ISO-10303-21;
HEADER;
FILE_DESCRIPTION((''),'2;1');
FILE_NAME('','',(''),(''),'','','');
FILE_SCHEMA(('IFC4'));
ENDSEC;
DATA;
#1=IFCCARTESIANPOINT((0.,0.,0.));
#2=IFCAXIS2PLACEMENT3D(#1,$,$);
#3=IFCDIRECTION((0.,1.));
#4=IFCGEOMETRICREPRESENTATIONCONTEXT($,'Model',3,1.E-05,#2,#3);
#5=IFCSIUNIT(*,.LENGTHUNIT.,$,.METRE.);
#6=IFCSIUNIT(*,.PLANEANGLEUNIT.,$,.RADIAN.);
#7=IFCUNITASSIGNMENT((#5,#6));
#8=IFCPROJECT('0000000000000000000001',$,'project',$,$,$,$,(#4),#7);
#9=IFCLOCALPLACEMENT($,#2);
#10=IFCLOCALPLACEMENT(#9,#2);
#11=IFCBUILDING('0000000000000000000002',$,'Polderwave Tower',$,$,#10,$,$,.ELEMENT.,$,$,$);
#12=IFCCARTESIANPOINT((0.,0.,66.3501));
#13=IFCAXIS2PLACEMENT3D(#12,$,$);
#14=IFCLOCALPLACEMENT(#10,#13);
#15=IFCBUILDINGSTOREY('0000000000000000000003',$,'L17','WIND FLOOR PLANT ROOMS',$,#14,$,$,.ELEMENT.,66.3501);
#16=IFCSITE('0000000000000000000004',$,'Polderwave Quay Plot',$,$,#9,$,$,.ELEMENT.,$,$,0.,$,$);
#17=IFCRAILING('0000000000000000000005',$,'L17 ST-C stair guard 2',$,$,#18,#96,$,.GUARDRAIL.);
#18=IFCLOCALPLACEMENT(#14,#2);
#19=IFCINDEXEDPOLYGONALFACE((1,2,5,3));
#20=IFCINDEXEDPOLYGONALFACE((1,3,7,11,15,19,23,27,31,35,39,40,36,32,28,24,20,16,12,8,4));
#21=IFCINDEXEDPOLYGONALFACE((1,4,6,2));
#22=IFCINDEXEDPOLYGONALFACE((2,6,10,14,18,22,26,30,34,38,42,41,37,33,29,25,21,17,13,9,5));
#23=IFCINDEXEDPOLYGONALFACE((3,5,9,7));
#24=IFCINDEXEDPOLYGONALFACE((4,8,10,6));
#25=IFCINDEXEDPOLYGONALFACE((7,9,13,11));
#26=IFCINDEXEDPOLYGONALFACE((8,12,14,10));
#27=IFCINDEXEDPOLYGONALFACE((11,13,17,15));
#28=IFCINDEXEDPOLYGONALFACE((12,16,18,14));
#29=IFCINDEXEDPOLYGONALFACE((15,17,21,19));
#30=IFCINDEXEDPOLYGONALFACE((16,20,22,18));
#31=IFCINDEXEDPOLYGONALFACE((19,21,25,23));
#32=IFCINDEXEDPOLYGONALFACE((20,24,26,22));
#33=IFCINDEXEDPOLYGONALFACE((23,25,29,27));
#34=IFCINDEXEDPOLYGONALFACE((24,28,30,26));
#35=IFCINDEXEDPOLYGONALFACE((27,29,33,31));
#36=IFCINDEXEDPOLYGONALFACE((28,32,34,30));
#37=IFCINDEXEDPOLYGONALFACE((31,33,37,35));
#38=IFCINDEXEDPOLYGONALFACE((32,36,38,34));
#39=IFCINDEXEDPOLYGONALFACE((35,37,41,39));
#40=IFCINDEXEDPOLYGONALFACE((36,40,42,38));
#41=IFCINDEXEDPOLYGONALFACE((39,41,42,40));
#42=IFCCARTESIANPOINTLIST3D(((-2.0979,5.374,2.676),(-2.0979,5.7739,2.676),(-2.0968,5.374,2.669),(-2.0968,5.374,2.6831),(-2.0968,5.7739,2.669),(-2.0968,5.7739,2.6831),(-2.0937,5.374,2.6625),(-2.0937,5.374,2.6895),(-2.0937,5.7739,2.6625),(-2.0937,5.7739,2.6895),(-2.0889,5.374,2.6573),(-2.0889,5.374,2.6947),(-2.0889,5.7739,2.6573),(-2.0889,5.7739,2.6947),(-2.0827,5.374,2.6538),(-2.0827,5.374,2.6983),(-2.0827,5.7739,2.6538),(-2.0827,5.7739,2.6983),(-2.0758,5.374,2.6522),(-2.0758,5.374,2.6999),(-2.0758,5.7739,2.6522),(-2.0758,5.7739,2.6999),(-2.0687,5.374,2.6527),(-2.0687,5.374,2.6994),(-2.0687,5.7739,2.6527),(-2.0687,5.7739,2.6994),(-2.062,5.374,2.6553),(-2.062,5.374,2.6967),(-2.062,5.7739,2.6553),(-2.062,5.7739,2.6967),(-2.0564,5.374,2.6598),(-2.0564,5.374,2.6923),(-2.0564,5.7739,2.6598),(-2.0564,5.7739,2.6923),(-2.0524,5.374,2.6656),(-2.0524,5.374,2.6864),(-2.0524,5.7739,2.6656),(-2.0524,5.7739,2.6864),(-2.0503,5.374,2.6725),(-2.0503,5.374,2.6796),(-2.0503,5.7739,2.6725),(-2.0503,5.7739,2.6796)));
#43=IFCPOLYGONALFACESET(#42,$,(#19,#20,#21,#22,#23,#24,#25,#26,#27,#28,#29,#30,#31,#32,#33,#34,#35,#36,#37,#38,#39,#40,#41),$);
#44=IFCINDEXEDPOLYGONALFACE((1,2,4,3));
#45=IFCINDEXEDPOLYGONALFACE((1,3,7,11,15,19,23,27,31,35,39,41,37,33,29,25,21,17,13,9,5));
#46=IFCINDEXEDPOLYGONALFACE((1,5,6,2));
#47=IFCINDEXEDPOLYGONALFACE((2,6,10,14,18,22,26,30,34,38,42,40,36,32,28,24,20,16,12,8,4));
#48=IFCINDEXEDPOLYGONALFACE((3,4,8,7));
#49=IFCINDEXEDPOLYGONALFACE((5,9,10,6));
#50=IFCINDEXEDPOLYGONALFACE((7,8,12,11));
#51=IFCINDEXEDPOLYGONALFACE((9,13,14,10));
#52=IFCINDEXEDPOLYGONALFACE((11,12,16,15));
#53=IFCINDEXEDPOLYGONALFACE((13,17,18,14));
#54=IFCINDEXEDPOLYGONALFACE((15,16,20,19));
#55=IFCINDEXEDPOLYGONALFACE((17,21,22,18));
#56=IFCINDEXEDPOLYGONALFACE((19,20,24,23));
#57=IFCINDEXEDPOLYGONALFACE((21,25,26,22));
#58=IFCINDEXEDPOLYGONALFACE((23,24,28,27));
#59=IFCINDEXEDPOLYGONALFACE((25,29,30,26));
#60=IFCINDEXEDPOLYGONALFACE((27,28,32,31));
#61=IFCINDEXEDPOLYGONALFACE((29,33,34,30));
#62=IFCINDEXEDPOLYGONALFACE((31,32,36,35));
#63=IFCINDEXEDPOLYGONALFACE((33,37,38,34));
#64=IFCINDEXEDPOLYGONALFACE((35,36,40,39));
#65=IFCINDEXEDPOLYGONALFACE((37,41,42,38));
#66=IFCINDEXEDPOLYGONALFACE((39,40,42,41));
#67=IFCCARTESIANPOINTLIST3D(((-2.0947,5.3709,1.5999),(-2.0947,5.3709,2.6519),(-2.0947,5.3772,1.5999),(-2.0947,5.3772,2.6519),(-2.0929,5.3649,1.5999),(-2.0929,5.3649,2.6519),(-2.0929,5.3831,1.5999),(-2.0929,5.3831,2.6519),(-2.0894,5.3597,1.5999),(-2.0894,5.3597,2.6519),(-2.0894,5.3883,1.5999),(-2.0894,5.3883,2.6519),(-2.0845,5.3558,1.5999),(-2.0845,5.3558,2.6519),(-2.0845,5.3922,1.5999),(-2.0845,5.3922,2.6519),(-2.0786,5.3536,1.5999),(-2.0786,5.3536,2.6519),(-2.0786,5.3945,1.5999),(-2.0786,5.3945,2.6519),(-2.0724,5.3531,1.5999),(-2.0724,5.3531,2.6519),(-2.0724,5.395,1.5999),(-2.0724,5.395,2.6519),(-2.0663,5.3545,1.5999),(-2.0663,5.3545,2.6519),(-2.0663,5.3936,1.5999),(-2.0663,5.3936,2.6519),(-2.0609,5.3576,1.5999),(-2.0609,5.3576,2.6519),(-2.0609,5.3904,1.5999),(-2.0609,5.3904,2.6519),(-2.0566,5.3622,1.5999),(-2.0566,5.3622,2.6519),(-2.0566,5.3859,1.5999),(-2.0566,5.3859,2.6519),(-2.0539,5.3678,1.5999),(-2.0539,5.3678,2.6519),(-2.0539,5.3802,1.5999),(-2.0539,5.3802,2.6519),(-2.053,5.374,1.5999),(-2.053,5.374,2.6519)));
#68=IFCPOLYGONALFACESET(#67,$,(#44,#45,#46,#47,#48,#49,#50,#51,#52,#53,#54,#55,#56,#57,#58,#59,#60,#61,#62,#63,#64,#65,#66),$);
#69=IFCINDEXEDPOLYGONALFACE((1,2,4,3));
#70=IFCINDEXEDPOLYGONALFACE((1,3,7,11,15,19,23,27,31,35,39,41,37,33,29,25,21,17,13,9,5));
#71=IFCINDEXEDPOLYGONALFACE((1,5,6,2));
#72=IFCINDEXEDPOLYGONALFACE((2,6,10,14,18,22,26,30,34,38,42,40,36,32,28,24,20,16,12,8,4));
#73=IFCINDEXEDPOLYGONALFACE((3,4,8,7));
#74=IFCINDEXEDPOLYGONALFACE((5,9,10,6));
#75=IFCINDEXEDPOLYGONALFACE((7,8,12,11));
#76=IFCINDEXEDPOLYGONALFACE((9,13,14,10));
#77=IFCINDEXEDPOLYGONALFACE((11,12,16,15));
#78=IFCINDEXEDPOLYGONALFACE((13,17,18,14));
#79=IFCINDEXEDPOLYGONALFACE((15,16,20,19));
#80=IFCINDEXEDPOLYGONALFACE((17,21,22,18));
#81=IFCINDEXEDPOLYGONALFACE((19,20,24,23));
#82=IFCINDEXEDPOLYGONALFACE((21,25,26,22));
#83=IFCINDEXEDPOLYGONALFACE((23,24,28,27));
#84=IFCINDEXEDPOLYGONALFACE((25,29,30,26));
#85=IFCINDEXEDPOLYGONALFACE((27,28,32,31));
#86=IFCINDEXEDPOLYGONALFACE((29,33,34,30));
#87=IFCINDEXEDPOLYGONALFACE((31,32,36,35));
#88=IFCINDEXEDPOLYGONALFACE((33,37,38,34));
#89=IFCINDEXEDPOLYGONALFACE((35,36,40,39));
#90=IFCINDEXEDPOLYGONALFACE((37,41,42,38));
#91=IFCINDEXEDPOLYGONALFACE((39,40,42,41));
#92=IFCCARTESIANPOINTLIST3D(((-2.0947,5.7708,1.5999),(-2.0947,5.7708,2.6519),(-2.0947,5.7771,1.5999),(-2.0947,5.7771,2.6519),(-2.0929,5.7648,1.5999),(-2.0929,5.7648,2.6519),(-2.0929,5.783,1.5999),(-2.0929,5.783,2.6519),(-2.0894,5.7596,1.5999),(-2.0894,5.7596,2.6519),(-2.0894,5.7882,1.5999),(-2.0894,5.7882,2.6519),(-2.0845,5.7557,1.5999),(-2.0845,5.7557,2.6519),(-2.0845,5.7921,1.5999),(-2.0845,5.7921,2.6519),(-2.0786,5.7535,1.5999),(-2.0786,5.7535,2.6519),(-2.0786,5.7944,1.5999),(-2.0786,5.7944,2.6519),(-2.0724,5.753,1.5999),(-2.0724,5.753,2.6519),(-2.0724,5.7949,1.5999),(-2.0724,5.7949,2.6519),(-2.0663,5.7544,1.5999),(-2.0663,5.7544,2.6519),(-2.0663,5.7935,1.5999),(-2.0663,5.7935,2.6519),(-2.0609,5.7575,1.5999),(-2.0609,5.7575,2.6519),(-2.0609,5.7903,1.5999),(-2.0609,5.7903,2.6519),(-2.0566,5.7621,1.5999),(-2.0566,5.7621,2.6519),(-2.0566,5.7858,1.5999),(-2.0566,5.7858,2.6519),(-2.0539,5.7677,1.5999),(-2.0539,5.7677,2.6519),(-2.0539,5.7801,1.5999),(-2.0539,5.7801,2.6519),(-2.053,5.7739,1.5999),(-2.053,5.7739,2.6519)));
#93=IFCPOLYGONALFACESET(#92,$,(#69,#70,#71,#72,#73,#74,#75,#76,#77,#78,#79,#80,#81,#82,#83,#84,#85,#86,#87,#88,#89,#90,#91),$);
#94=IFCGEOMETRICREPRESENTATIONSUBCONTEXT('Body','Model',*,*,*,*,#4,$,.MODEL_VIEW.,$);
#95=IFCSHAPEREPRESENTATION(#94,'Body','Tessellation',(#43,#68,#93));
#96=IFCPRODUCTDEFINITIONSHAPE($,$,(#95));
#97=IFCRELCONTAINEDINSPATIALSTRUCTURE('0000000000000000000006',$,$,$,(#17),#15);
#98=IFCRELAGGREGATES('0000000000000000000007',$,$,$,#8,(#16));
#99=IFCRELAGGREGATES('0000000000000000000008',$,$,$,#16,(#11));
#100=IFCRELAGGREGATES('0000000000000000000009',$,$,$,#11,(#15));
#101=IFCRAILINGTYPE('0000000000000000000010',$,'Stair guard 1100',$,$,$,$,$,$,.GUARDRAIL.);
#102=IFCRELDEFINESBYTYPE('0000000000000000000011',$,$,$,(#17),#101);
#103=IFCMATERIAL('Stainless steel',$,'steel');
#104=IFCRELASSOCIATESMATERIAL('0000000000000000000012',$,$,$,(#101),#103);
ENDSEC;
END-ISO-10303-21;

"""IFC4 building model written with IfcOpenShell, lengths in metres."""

from ifc_helpers import new_model, si_unit, direction, frame, origin, origin_2d, place, context, subcontext, project, spatial, circle, extrude, material, type_object, element, save


model = new_model("IFC4")

# Units and contexts
model_context = context("Model", 3, precision=1e-05, world=origin(), true_north=direction((0.0, 1.0)))
body_context = subcontext(model_context, "Body", "Model", "MODEL_VIEW")
ifc_project = project(units=[si_unit("LENGTHUNIT", "METRE"), si_unit("PLANEANGLEUNIT", "RADIAN")], contexts=[model_context])

# Site, building, storey
site_placement = place(None, origin())
site = spatial("IfcSite", under=ifc_project, at=site_placement, Name="Polderwave Quay Plot", CompositionType="ELEMENT", RefElevation=0.0)
building_placement = place(site_placement, origin())
building = spatial("IfcBuilding", under=site, at=building_placement, Name="Polderwave Tower", CompositionType="ELEMENT")
storey_placement = place(building_placement, frame((0.0, 0.0, 66.3501)))
storey = spatial("IfcBuildingStorey", under=building, at=storey_placement, Name="L17", Description="WIND FLOOR PLANT ROOMS", CompositionType="ELEMENT", Elevation=66.3501)

# Railing
ifc_material_1 = material(Name="Stainless steel", Category="steel")
railing_type_1 = type_object("IfcRailingType", Name="Stair guard 1100", PredefinedType="GUARDRAIL", material=ifc_material_1)
railing_1_placement = place(storey_placement, frame((-2.074, 5.374, 1.5999)))
element("IfcRailing", 1, at=railing_1_placement, inside=storey, type_object=railing_type_1, Name="L17 ST-C stair guard 2", PredefinedType="GUARDRAIL", context=body_context, shape_type="SweptSolid", body=[
    extrude(circle(Radius=0.0239, at=origin_2d()), frame((0.0, 0.0, 1.0762), z_axis=(0.0, 1.0, 0.0), x_axis=(-1.0, 0.0, 0.0)), (0.0, 0.0, 1.0), 0.3999),
    extrude(circle(Radius=0.021, at=origin_2d()), origin(), (0.0, 0.0, 1.0), 1.052),
    extrude(circle(Radius=0.021, at=origin_2d()), frame((0.0, 0.3999, 0.0)), (0.0, 0.0, 1.0), 1.052),
])

save(model, "model.ifc")
